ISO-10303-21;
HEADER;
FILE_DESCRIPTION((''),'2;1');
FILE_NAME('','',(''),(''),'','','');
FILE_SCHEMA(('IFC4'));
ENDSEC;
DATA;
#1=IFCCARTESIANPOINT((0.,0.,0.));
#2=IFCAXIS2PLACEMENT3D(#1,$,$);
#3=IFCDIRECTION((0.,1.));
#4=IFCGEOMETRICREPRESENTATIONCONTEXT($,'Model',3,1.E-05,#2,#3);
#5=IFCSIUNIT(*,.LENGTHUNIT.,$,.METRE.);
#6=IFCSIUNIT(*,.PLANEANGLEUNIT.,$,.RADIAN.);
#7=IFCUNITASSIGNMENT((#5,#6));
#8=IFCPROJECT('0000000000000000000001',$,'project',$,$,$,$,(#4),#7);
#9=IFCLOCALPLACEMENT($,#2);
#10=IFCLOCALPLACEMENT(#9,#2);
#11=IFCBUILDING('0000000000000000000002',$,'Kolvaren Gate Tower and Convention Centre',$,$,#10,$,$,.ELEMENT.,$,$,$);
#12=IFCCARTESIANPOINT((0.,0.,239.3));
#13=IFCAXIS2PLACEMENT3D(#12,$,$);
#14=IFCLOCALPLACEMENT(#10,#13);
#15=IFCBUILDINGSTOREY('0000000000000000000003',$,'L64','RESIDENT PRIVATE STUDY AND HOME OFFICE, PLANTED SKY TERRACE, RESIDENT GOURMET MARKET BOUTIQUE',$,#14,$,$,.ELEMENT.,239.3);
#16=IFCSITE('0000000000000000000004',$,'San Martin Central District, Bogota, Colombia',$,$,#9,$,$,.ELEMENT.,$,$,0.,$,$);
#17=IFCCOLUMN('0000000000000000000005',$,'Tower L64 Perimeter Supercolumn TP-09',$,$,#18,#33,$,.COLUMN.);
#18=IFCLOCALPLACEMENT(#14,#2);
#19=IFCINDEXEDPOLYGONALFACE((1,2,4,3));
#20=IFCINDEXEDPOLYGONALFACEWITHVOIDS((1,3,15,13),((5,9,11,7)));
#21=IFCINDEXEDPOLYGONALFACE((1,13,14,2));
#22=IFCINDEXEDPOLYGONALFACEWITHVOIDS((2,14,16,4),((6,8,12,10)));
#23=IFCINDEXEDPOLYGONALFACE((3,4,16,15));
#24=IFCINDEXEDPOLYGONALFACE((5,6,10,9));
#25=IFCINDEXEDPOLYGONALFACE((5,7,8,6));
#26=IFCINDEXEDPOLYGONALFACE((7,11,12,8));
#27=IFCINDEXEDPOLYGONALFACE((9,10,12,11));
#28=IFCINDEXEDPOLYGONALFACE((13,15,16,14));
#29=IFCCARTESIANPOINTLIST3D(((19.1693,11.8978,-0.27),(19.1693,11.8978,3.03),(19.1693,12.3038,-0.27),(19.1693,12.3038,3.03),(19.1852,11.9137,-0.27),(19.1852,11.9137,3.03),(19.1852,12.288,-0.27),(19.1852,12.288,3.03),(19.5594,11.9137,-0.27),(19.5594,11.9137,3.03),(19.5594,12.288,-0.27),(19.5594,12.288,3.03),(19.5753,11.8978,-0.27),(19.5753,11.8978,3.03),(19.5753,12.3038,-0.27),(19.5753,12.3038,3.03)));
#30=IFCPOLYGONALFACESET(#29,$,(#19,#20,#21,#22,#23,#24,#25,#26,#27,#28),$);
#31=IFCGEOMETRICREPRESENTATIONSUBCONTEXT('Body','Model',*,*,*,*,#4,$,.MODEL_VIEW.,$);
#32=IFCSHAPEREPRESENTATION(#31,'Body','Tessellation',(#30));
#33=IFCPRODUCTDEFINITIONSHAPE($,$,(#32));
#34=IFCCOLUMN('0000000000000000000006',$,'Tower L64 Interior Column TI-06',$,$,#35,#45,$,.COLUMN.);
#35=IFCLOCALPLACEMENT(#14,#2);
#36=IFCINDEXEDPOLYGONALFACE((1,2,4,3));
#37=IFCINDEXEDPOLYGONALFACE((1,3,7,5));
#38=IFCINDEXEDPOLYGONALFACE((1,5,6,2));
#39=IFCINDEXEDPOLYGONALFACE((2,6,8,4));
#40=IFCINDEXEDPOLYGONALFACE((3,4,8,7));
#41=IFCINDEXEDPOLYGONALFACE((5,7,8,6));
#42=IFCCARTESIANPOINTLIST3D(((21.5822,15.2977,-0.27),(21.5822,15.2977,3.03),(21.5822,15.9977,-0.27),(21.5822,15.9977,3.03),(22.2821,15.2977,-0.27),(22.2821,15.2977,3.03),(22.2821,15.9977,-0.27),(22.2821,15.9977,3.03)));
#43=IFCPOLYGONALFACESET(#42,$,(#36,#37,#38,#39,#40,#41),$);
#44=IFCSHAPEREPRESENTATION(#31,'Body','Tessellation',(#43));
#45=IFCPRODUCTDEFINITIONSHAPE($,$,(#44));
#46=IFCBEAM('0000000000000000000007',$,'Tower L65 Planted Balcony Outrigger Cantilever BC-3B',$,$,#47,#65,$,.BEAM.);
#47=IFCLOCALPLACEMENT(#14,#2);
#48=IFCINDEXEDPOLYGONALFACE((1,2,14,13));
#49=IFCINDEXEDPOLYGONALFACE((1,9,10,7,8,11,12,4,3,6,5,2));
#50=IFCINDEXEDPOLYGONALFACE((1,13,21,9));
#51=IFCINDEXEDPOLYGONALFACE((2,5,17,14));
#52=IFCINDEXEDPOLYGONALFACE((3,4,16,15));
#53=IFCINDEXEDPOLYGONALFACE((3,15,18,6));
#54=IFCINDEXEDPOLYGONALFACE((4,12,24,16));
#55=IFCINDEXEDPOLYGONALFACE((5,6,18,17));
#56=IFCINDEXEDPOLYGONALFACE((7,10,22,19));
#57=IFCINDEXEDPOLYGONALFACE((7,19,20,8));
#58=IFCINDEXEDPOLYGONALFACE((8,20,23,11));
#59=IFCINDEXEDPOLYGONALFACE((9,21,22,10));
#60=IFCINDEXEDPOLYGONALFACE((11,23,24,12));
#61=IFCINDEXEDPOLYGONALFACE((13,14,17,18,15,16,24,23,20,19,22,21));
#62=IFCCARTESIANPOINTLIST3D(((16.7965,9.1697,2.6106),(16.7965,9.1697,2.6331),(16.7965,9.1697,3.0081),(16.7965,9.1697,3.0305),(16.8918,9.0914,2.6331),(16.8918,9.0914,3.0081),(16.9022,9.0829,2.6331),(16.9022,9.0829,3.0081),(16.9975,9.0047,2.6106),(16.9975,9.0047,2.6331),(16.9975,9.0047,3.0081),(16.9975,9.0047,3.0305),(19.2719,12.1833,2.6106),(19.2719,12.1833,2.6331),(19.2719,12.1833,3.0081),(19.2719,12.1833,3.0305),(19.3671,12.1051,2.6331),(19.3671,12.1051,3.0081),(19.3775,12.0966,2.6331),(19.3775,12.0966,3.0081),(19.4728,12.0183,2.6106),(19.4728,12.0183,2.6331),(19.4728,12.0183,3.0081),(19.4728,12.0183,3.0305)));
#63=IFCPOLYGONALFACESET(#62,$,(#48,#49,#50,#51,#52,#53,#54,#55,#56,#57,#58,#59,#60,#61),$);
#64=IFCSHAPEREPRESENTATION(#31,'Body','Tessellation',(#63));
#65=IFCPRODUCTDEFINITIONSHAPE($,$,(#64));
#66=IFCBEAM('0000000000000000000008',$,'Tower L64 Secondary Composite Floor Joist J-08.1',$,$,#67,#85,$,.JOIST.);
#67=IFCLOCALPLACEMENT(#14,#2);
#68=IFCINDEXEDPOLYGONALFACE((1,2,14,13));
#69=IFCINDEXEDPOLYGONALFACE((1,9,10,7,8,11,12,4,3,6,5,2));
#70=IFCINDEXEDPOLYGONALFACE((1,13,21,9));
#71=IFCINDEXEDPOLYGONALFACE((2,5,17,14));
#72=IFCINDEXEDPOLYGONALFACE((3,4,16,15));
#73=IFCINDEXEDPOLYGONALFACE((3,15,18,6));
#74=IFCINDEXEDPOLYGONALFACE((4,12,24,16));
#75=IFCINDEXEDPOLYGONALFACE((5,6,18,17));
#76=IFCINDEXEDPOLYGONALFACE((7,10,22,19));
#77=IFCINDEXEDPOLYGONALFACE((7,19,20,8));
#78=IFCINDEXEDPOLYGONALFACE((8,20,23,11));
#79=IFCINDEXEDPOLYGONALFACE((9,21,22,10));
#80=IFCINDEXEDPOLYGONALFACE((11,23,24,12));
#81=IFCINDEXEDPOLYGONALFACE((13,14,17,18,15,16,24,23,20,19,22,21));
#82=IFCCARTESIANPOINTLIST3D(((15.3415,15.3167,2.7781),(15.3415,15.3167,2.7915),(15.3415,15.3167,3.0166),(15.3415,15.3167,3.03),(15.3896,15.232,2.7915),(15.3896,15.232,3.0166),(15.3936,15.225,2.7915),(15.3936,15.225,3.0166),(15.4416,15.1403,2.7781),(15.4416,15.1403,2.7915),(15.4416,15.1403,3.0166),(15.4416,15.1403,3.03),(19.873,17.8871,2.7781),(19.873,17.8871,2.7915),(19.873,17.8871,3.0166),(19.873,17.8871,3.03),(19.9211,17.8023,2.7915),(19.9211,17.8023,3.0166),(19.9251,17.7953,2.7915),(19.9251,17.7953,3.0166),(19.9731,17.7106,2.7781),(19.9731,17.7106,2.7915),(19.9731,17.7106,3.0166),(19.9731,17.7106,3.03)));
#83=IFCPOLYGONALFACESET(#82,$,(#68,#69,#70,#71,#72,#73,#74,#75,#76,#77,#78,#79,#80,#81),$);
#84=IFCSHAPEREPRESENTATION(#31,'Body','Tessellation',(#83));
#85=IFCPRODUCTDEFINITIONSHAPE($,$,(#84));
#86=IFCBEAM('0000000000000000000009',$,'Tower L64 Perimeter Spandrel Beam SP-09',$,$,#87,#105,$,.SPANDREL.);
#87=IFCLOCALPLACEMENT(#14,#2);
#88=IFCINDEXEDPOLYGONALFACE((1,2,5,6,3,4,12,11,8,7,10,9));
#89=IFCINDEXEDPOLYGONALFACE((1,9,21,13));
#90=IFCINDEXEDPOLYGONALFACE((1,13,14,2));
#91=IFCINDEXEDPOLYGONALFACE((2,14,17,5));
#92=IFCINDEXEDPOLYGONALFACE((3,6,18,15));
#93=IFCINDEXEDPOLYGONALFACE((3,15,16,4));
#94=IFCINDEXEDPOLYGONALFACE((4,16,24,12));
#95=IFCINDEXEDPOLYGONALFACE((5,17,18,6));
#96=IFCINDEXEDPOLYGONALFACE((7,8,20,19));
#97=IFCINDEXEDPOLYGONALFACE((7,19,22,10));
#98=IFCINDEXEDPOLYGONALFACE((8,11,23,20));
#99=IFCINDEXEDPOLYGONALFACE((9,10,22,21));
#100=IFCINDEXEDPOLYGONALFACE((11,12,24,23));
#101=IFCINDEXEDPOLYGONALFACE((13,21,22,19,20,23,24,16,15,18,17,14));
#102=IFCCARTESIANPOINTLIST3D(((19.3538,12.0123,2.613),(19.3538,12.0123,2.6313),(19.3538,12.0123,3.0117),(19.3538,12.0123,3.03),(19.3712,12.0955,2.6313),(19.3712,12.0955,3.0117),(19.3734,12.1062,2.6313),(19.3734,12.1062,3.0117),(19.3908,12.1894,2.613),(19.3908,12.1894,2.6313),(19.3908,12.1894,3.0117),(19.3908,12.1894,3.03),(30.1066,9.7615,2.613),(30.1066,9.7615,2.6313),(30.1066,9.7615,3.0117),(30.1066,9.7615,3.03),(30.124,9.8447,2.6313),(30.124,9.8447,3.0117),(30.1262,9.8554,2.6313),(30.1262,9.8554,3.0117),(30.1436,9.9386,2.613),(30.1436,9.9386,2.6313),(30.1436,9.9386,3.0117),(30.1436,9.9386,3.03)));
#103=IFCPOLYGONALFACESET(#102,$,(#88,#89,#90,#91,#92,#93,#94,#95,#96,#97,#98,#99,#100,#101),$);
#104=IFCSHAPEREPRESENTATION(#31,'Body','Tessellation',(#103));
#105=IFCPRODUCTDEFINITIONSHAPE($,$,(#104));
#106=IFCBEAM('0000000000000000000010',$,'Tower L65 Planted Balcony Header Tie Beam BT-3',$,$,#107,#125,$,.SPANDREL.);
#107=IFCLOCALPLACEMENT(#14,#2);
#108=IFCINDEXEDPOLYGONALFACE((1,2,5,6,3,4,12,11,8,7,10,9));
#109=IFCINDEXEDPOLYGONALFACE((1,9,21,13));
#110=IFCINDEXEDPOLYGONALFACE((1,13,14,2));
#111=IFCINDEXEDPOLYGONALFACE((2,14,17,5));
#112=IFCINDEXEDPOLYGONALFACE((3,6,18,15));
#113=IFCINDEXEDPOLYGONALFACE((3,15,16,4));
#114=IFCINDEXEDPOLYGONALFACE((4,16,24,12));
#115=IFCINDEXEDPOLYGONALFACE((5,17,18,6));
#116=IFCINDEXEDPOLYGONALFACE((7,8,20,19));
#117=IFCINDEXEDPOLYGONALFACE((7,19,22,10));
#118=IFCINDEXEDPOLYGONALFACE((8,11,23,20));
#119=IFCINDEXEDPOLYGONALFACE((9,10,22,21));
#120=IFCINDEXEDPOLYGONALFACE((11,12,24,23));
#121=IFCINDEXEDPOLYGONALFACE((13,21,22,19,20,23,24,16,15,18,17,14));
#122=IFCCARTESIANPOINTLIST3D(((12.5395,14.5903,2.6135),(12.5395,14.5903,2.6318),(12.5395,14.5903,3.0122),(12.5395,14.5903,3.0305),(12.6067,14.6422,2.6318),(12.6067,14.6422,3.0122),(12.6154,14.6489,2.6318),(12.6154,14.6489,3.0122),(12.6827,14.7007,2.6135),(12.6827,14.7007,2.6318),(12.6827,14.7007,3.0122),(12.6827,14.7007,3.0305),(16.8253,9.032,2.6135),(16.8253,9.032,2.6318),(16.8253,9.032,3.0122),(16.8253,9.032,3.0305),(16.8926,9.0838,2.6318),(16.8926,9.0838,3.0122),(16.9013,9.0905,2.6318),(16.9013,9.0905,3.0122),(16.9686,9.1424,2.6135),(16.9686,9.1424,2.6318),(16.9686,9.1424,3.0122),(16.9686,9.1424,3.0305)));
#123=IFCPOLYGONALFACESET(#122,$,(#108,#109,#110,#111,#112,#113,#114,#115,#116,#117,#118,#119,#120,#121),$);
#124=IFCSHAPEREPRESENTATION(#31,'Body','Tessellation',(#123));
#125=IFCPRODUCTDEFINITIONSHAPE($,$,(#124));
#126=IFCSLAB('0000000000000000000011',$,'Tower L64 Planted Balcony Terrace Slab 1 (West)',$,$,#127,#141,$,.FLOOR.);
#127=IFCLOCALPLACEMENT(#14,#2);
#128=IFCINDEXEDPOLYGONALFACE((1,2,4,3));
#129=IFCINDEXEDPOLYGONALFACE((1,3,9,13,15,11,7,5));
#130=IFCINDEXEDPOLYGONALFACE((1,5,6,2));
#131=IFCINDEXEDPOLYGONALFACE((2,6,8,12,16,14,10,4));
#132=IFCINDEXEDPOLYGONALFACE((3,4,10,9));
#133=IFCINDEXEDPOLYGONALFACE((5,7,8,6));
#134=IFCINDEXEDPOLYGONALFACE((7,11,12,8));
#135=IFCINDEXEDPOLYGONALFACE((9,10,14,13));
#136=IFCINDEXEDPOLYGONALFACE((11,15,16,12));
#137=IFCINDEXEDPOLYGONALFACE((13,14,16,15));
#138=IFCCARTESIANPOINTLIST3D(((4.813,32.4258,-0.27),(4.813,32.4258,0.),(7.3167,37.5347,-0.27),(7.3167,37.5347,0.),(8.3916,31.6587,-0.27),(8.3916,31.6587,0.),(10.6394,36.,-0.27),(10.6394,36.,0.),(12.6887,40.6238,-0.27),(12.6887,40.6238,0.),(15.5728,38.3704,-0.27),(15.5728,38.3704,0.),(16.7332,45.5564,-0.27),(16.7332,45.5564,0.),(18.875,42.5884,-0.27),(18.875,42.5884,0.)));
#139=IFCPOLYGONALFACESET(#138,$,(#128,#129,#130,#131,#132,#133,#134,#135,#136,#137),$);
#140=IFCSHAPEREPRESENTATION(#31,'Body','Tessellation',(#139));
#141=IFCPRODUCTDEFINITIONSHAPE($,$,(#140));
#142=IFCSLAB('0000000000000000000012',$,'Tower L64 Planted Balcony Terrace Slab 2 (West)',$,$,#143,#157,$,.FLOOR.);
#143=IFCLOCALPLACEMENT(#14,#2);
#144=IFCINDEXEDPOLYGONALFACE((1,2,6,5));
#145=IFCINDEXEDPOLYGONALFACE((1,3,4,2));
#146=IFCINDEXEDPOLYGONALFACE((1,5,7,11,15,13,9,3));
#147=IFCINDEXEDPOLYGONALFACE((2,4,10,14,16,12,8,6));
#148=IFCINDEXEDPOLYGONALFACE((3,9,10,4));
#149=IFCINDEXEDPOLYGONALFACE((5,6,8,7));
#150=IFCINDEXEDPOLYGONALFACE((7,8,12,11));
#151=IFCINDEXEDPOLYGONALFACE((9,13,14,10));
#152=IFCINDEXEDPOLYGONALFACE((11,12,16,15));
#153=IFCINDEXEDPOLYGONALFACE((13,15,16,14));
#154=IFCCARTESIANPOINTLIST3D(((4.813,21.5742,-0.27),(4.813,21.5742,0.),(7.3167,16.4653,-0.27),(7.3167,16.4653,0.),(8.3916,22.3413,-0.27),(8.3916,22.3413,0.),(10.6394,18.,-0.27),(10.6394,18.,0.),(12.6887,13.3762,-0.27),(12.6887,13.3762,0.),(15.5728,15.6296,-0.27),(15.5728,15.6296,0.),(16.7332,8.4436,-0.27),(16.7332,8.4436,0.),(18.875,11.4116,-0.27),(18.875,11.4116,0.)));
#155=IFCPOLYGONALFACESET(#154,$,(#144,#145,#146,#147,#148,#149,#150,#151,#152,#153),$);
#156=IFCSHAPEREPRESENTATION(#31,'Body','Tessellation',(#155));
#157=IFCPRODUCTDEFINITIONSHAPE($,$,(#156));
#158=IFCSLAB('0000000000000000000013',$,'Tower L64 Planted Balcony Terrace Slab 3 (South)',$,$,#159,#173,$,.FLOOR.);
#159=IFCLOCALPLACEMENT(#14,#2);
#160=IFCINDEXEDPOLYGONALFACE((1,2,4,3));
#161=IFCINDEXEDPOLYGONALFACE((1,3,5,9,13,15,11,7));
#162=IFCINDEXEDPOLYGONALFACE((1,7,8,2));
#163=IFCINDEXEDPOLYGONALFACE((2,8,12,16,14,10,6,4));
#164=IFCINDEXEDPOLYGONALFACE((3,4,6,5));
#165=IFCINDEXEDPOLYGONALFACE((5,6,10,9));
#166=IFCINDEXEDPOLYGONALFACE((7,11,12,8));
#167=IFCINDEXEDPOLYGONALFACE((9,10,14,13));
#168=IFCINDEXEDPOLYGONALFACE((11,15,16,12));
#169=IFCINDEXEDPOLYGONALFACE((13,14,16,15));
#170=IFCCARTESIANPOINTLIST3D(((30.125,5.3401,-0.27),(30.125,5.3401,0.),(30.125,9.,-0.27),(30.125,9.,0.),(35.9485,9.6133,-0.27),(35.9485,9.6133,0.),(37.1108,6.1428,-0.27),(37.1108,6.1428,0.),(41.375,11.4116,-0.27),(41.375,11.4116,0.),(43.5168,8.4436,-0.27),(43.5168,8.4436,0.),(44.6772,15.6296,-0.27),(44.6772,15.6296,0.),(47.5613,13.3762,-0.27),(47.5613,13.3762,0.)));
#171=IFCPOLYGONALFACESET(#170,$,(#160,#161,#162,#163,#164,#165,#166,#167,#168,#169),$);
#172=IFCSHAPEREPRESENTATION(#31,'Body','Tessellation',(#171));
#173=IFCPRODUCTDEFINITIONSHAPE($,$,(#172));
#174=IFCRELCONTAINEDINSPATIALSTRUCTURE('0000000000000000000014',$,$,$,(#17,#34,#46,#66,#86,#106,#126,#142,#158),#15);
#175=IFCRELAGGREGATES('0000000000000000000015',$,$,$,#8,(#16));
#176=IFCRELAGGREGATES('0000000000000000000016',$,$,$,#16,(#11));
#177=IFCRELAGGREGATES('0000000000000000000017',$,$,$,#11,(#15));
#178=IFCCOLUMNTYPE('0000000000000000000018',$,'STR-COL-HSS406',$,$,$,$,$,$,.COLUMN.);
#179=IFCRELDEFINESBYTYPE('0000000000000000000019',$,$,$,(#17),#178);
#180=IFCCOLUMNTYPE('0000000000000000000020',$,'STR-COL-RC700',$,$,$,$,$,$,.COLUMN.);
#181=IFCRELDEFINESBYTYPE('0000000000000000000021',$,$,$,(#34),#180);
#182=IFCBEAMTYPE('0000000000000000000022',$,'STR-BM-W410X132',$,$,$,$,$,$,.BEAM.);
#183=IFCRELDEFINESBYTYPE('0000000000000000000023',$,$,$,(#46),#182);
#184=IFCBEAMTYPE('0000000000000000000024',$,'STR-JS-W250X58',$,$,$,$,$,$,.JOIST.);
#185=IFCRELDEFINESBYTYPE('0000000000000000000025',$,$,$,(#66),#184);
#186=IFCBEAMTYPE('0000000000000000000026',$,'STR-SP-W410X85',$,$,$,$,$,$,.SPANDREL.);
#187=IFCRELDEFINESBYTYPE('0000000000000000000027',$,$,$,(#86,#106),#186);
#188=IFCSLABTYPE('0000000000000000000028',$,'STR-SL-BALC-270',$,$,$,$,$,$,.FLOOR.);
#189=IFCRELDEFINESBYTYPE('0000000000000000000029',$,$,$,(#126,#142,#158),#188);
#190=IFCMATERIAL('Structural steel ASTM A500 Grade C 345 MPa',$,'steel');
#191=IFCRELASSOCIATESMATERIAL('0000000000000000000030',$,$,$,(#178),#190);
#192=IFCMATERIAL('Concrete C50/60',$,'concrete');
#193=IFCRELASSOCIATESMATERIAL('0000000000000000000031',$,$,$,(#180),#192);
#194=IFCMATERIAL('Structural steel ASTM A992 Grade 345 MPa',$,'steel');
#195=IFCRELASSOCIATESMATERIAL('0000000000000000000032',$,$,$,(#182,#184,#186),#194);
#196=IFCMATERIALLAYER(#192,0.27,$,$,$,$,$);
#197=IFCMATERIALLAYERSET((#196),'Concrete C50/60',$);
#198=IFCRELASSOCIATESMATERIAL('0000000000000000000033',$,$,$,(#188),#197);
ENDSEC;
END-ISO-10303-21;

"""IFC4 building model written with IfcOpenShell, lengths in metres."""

from ifc_helpers import new_model, si_unit, direction, frame, origin, origin_2d, place, context, subcontext, project, spatial, polyline, rectangle, hollow_rectangle, i_section, outline, extrude, material, layer, layer_set, material_profile, profile_set, type_object, element, save


model = new_model("IFC4")

# Units and contexts
model_context = context("Model", 3, precision=1e-05, world=origin(), true_north=direction((0.0, 1.0)))
body_context = subcontext(model_context, "Body", "Model", "MODEL_VIEW")
ifc_project = project(units=[si_unit("LENGTHUNIT", "METRE"), si_unit("PLANEANGLEUNIT", "RADIAN")], contexts=[model_context])

# Site, building, storey
site_placement = place(None, origin())
site = spatial("IfcSite", under=ifc_project, at=site_placement, Name="San Martin Central District, Bogota, Colombia", CompositionType="ELEMENT", RefElevation=0.0)
building_placement = place(site_placement, origin())
building = spatial("IfcBuilding", under=site, at=building_placement, Name="Kolvaren Gate Tower and Convention Centre", CompositionType="ELEMENT")
storey_placement = place(building_placement, frame((0.0, 0.0, 239.3)))
storey = spatial("IfcBuildingStorey", under=building, at=storey_placement, Name="L64", Description="RESIDENT PRIVATE STUDY AND HOME OFFICE, PLANTED SKY TERRACE, RESIDENT GOURMET MARKET BOUTIQUE", CompositionType="ELEMENT", Elevation=239.3)

# Columns
ifc_material_1 = material(Name="Structural steel ASTM A500 Grade C 345 MPa", Category="steel")
ifc_material_profile_1 = material_profile(ifc_material_1, hollow_rectangle(XDim=0.406, YDim=0.406, WallThickness=0.0159, at=origin_2d()), Name="HSS406X406X15.9")
ifc_profile_set_1 = profile_set([ifc_material_profile_1], Name="Structural steel ASTM A500 Grade C 345 MPa")
column_type_1 = type_object("IfcColumnType", Name="STR-COL-HSS406", PredefinedType="COLUMN", material=ifc_profile_set_1)
column_1_placement = place(storey_placement, frame((19.3723, 12.1008, -0.27), z_axis=(0.0, 0.0, 1.0), x_axis=(1.0, 0.0, 0.0)))
element("IfcColumn", 1, at=column_1_placement, inside=storey, type_object=column_type_1, Name="Tower L64 Perimeter Supercolumn TP-09", PredefinedType="COLUMN", context=body_context, shape_type="SweptSolid", body=[
    extrude(hollow_rectangle(XDim=0.406, YDim=0.406, WallThickness=0.0159, at=origin_2d()), origin(), (0.0, 0.0, 1.0), 3.3),
])
ifc_material_2 = material(Name="Concrete C50/60", Category="concrete")
ifc_material_profile_2 = material_profile(ifc_material_2, rectangle(XDim=0.7, YDim=0.7, at=origin_2d()), Name="RC-COL-700X700")
ifc_profile_set_2 = profile_set([ifc_material_profile_2], Name="Concrete C50/60")
column_type_2 = type_object("IfcColumnType", Name="STR-COL-RC700", PredefinedType="COLUMN", material=ifc_profile_set_2)
column_2_placement = place(storey_placement, frame((21.9321, 15.6477, -0.27), z_axis=(0.0, 0.0, 1.0), x_axis=(1.0, 0.0, 0.0)))
element("IfcColumn", 2, at=column_2_placement, inside=storey, type_object=column_type_2, Name="Tower L64 Interior Column TI-06", PredefinedType="COLUMN", context=body_context, shape_type="SweptSolid", body=[
    extrude(rectangle(XDim=0.7, YDim=0.7, at=origin_2d()), origin(), (0.0, 0.0, 1.0), 3.3),
])

# Beams
ifc_material_3 = material(Name="Structural steel ASTM A992 Grade 345 MPa", Category="steel")
ifc_material_profile_3 = material_profile(ifc_material_3, i_section(OverallWidth=0.26, OverallDepth=0.4199, WebThickness=0.0134, FlangeThickness=0.0225, at=origin_2d()), Name="W410X132")
ifc_profile_set_3 = profile_set([ifc_material_profile_3], Name="Structural steel ASTM A992 Grade 345 MPa")
beam_type_1 = type_object("IfcBeamType", Name="STR-BM-W410X132", PredefinedType="BEAM", material=ifc_profile_set_3)
beam_1_placement = place(storey_placement, frame((19.3723, 12.1008, 2.8206), z_axis=(-0.634713, -0.772748, 0.0), x_axis=(0.772748, -0.634713, 0.0)))
element("IfcBeam", 3, at=beam_1_placement, inside=storey, type_object=beam_type_1, Name="Tower L65 Planted Balcony Outrigger Cantilever BC-3B", PredefinedType="BEAM", context=body_context, shape_type="SweptSolid", body=[
    extrude(i_section(OverallWidth=0.26, OverallDepth=0.4199, WebThickness=0.0134, FlangeThickness=0.0225, at=origin_2d()), origin(), (0.0, 0.0, 1.0), 3.8999),
])
ifc_material_profile_4 = material_profile(ifc_material_3, i_section(OverallWidth=0.2029, OverallDepth=0.252, WebThickness=0.0081, FlangeThickness=0.0134, at=origin_2d()), Name="W250X58")
ifc_profile_set_4 = profile_set([ifc_material_profile_4], Name="Structural steel ASTM A992 Grade 345 MPa")
beam_type_2 = type_object("IfcBeamType", Name="STR-JS-W250X58", PredefinedType="JOIST", material=ifc_profile_set_4)
beam_2_placement = place(storey_placement, frame((19.9231, 17.7988, 2.9041), z_axis=(-0.869819, -0.493371, 0.0), x_axis=(0.493371, -0.869819, 0.0)))
element("IfcBeam", 4, at=beam_2_placement, inside=storey, type_object=beam_type_2, Name="Tower L64 Secondary Composite Floor Joist J-08.1", PredefinedType="JOIST", context=body_context, shape_type="SweptSolid", body=[
    extrude(i_section(OverallWidth=0.2029, OverallDepth=0.252, WebThickness=0.0081, FlangeThickness=0.0134, at=origin_2d()), origin(), (0.0, 0.0, 1.0), 5.2097),
])
ifc_material_profile_5 = material_profile(ifc_material_3, i_section(OverallWidth=0.1809, OverallDepth=0.417, WebThickness=0.011, FlangeThickness=0.0183, at=origin_2d()), Name="W410X85")
ifc_profile_set_5 = profile_set([ifc_material_profile_5], Name="Structural steel ASTM A992 Grade 345 MPa")
beam_type_3 = type_object("IfcBeamType", Name="STR-SP-W410X85", PredefinedType="SPANDREL", material=ifc_profile_set_5)
beam_3_placement = place(storey_placement, frame((19.3723, 12.1008, 2.8215), z_axis=(0.978788, -0.204878, 0.0), x_axis=(0.204878, 0.978788, 0.0)))
element("IfcBeam", 5, at=beam_3_placement, inside=storey, type_object=beam_type_3, Name="Tower L64 Perimeter Spandrel Beam SP-09", PredefinedType="SPANDREL", context=body_context, shape_type="SweptSolid", body=[
    extrude(i_section(OverallWidth=0.1809, OverallDepth=0.417, WebThickness=0.011, FlangeThickness=0.0183, at=origin_2d()), origin(), (0.0, 0.0, 1.0), 10.9858),
])
beam_4_placement = place(storey_placement, frame((12.6111, 14.6455, 2.822), z_axis=(0.610626, -0.791919, 0.0), x_axis=(0.791919, 0.610626, 0.0)))
element("IfcBeam", 6, at=beam_4_placement, inside=storey, type_object=beam_type_3, Name="Tower L65 Planted Balcony Header Tie Beam BT-3", PredefinedType="SPANDREL", context=body_context, shape_type="SweptSolid", body=[
    extrude(i_section(OverallWidth=0.1809, OverallDepth=0.417, WebThickness=0.011, FlangeThickness=0.0183, at=origin_2d()), origin(), (0.0, 0.0, 1.0), 7.0188),
])

# Slabs
ifc_layer_1 = layer(ifc_material_2, 0.27)
ifc_layer_set_1 = layer_set([ifc_layer_1], Name="Concrete C50/60")
slab_type_1 = type_object("IfcSlabType", Name="STR-SL-BALC-270", PredefinedType="FLOOR", material=ifc_layer_set_1)
slab_1_placement = place(storey_placement, frame((0.0, 0.0, -0.27)))
element("IfcSlab", 7, at=slab_1_placement, inside=storey, type_object=slab_type_1, Name="Tower L64 Planted Balcony Terrace Slab 1 (West)", PredefinedType="FLOOR", context=body_context, shape_type="SweptSolid", body=[
    extrude(outline(polyline([(18.875, 42.5884), (15.5728, 38.3704), (10.6394, 36.0), (8.3916, 31.6587), (4.813, 32.4258), (7.3167, 37.5347), (12.6887, 40.6238), (16.7332, 45.5564), (18.875, 42.5884)])), origin(), (0.0, 0.0, 1.0), 0.27),
])
slab_2_placement = place(storey_placement, frame((0.0, 0.0, -0.27)))
element("IfcSlab", 8, at=slab_2_placement, inside=storey, type_object=slab_type_1, Name="Tower L64 Planted Balcony Terrace Slab 2 (West)", PredefinedType="FLOOR", context=body_context, shape_type="SweptSolid", body=[
    extrude(outline(polyline([(8.3916, 22.3413), (10.6394, 18.0), (15.5728, 15.6296), (18.875, 11.4116), (16.7332, 8.4436), (12.6887, 13.3762), (7.3167, 16.4653), (4.813, 21.5742), (8.3916, 22.3413)])), origin(), (0.0, 0.0, 1.0), 0.27),
])
slab_3_placement = place(storey_placement, frame((0.0, 0.0, -0.27)))
element("IfcSlab", 9, at=slab_3_placement, inside=storey, type_object=slab_type_1, Name="Tower L64 Planted Balcony Terrace Slab 3 (South)", PredefinedType="FLOOR", context=body_context, shape_type="SweptSolid", body=[
    extrude(outline(polyline([(30.125, 9.0), (35.9485, 9.6133), (41.375, 11.4116), (44.6772, 15.6296), (47.5613, 13.3762), (43.5168, 8.4436), (37.1108, 6.1428), (30.125, 5.3401), (30.125, 9.0)])), origin(), (0.0, 0.0, 1.0), 0.27),
])

save(model, "model.ifc")
